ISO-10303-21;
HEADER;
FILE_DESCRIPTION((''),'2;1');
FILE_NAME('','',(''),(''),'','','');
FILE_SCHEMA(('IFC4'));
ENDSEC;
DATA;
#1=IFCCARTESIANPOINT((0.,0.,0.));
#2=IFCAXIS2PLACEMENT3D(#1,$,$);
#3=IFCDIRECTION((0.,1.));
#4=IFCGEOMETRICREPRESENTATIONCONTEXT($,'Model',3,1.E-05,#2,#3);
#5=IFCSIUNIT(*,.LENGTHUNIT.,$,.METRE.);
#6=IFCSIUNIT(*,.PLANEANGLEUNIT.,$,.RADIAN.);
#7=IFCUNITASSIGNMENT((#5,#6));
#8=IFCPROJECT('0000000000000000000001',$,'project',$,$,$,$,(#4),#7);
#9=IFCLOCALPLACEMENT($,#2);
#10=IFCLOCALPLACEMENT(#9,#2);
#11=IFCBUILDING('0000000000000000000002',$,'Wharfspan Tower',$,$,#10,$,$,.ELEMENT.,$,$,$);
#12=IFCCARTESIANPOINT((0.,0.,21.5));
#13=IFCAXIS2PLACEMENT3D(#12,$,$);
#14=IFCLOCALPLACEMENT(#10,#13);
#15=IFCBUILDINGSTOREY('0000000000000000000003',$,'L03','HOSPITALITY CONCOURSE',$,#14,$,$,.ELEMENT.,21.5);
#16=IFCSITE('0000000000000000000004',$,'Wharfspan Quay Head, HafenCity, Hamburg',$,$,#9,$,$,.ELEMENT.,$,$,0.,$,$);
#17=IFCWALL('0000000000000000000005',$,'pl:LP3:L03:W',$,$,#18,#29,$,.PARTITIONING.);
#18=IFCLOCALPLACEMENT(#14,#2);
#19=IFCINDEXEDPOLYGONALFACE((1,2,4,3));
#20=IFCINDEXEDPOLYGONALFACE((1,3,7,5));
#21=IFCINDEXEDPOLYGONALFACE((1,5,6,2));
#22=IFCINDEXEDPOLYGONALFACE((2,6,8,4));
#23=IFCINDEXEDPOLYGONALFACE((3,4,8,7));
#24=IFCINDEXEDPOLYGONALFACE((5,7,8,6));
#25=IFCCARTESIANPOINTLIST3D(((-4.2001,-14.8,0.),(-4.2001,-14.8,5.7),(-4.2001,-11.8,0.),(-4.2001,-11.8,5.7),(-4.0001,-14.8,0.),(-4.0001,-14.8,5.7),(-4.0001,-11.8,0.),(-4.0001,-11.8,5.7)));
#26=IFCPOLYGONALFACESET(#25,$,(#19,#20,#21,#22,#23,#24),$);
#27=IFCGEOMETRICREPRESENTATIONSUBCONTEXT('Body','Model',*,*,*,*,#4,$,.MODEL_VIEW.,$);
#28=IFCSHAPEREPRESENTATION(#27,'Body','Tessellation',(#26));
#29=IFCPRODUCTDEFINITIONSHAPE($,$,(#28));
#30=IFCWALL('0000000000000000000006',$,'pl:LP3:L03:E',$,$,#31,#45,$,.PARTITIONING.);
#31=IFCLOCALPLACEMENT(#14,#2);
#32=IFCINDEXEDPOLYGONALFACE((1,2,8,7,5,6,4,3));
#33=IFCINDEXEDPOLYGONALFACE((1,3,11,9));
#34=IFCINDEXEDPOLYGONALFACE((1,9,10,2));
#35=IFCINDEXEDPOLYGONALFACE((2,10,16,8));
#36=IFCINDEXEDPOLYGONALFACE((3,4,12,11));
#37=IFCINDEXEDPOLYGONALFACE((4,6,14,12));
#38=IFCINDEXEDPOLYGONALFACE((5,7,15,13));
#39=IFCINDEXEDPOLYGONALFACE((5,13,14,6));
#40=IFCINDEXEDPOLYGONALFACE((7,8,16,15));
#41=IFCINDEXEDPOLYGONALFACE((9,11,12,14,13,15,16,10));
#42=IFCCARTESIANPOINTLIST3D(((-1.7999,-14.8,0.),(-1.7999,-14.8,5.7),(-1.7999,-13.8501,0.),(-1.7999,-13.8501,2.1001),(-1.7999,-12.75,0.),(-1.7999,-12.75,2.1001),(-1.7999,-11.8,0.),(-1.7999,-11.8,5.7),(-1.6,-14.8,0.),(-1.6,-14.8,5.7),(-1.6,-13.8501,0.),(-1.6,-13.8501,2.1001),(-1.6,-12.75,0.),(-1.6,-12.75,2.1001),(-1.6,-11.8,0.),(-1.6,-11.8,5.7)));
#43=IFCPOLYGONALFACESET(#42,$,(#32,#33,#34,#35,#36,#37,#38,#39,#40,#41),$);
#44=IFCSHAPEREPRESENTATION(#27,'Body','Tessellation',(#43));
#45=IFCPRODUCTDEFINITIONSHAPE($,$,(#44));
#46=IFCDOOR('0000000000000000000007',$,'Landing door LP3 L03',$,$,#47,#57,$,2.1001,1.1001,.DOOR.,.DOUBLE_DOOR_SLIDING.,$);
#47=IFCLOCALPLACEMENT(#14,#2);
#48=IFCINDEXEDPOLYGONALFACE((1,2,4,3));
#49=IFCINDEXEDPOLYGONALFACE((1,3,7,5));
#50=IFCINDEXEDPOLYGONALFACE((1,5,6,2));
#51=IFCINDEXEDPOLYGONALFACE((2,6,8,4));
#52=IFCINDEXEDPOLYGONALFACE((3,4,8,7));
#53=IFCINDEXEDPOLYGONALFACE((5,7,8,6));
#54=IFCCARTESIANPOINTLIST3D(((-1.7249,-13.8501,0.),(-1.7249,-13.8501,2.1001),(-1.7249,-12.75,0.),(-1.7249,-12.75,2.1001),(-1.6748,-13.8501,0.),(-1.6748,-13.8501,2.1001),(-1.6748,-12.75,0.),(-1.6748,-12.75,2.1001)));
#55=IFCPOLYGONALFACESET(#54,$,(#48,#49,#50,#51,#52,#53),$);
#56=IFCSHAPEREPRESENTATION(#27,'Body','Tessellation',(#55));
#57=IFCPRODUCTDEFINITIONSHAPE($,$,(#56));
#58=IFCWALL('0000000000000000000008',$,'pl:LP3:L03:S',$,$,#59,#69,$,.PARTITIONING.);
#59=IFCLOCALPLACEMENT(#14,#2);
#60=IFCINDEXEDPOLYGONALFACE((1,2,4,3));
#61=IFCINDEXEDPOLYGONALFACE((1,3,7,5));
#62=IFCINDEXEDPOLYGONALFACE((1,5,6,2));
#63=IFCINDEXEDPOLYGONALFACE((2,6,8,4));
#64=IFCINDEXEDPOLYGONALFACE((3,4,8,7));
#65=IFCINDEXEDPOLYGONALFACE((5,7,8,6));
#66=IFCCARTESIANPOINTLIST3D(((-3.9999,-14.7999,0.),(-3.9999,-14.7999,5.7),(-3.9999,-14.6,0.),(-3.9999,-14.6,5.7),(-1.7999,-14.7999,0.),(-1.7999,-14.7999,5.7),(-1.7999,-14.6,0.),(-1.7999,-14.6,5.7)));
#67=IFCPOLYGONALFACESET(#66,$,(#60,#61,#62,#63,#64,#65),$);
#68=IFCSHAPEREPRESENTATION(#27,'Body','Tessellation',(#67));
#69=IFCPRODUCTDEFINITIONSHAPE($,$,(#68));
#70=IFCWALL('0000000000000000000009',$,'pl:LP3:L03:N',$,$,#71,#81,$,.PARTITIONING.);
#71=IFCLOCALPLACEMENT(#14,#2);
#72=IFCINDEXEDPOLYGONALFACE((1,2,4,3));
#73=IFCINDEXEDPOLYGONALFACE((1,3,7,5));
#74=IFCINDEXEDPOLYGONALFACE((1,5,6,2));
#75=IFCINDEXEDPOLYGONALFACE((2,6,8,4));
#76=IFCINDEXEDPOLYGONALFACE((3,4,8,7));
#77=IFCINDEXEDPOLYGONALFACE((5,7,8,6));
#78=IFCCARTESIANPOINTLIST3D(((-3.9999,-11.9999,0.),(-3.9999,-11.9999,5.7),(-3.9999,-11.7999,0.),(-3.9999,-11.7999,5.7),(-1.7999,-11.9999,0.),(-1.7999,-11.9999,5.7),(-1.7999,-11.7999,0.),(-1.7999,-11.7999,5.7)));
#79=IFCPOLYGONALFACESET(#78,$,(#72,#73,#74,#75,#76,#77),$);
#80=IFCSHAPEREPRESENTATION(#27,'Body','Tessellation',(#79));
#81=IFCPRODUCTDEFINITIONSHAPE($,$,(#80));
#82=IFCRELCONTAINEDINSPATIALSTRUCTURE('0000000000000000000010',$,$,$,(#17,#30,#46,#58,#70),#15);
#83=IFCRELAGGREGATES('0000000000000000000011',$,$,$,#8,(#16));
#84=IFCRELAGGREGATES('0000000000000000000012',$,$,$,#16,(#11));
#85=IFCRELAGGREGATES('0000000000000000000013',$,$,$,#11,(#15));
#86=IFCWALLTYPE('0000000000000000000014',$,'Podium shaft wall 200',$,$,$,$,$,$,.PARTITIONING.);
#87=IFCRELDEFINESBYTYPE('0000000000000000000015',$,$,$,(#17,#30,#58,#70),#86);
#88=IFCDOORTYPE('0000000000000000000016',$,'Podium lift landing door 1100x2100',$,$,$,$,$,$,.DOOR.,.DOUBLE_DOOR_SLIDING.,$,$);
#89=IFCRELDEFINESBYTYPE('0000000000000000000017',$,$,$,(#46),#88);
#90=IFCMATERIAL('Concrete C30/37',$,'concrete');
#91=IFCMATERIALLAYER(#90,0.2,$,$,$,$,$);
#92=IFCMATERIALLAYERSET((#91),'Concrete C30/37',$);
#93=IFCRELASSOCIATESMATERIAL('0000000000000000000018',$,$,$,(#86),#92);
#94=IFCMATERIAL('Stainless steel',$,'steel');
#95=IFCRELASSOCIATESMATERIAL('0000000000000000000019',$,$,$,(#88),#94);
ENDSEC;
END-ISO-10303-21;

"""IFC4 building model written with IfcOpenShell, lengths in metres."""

from ifc_helpers import new_model, si_unit, direction, frame, frame_2d, origin, place, context, subcontext, project, spatial, rectangle, extrude, material, layer, layer_set, type_object, element, fill, save


model = new_model("IFC4")

# Units and contexts
model_context = context("Model", 3, precision=1e-05, world=origin(), true_north=direction((0.0, 1.0)))
body_context = subcontext(model_context, "Body", "Model", "MODEL_VIEW")
ifc_project = project(units=[si_unit("LENGTHUNIT", "METRE"), si_unit("PLANEANGLEUNIT", "RADIAN")], contexts=[model_context])

# Site, building, storey
site_placement = place(None, origin())
site = spatial("IfcSite", under=ifc_project, at=site_placement, Name="Wharfspan Quay Head, HafenCity, Hamburg", CompositionType="ELEMENT", RefElevation=0.0)
building_placement = place(site_placement, origin())
building = spatial("IfcBuilding", under=site, at=building_placement, Name="Wharfspan Tower", CompositionType="ELEMENT")
storey_placement = place(building_placement, frame((0.0, 0.0, 21.5)))
storey = spatial("IfcBuildingStorey", under=building, at=storey_placement, Name="L03", Description="HOSPITALITY CONCOURSE", CompositionType="ELEMENT", Elevation=21.5)

# Wall
ifc_material_1 = material(Name="Concrete C30/37", Category="concrete")
ifc_layer_1 = layer(ifc_material_1, 0.2)
ifc_layer_set_1 = layer_set([ifc_layer_1], Name="Concrete C30/37")
wall_type_1 = type_object("IfcWallType", Name="Podium shaft wall 200", PredefinedType="PARTITIONING", material=ifc_layer_set_1)
wall_1_placement = place(storey_placement, frame((-4.1001, -14.8, 0.0), z_axis=(0.0, 0.0, 1.0), x_axis=(0.0, 1.0, 0.0)))
element("IfcWall", 1, at=wall_1_placement, inside=storey, type_object=wall_type_1, Name="pl:LP3:L03:W", PredefinedType="PARTITIONING", context=body_context, shape_type="SweptSolid", body=[
    extrude(rectangle(XDim=3.0, YDim=0.2, at=frame_2d((1.5, 0.0))), origin(), (0.0, 0.0, 1.0), 5.7),
])

# Wall, opening, door
wall_2_placement = place(storey_placement, frame((-1.7, -14.8, 0.0), z_axis=(0.0, 0.0, 1.0), x_axis=(0.0, 1.0, 0.0)))
wall_2 = element("IfcWall", 2, at=wall_2_placement, inside=storey, type_object=wall_type_1, Name="pl:LP3:L03:E", PredefinedType="PARTITIONING", context=body_context, shape_type="SweptSolid", body=[
    extrude(rectangle(XDim=3.0, YDim=0.2, at=frame_2d((1.5, 0.0))), origin(), (0.0, 0.0, 1.0), 5.7),
])
opening_placement = place(wall_2_placement, frame((0.95, 0.0, 0.0)))
opening = element("IfcOpeningElement", 3, at=opening_placement, cuts=wall_2, PredefinedType="OPENING", context=body_context, shape_type="SweptSolid", body=[
    extrude(rectangle(XDim=1.1001, YDim=2.1001, at=frame_2d((0.55, 1.05))), frame((0.0, 0.1099, 0.0), z_axis=(0.0, -1.0, 0.0), x_axis=(1.0, 0.0, 0.0)), (0.0, 0.0, 1.0), 0.22),
])
ifc_material_2 = material(Name="Stainless steel", Category="steel")
door_type = type_object("IfcDoorType", Name="Podium lift landing door 1100x2100", OperationType="DOUBLE_DOOR_SLIDING", PredefinedType="DOOR", material=ifc_material_2)
door_placement = place(opening_placement, origin())
door = element("IfcDoor", 4, at=door_placement, inside=storey, type_object=door_type, Name="Landing door LP3 L03", OperationType="DOUBLE_DOOR_SLIDING", OverallHeight=2.1001, OverallWidth=1.1001, PredefinedType="DOOR", context=body_context, shape_type="SweptSolid", body=[
    extrude(rectangle(XDim=1.1001, YDim=2.1001, at=frame_2d((0.55, 1.05))), frame((0.0, 0.0249, 0.0), z_axis=(0.0, -1.0, 0.0), x_axis=(1.0, 0.0, 0.0)), (0.0, 0.0, 1.0), 0.05),
])
fill(opening, door)

# Walls
for number, where, z_axis, x_axis, name in (
    (5, (-4.0, -14.7, 0.0), (0.0, 0.0, 1.0), (1.0, 0.0, 0.0), "pl:LP3:L03:S"),
    (6, (-4.0, -11.8999, 0.0), (0.0, 0.0, 1.0), (1.0, 0.0, 0.0), "pl:LP3:L03:N"),
):
    element("IfcWall", number, at=place(storey_placement, frame(where, z_axis=z_axis, x_axis=x_axis)), inside=storey, type_object=wall_type_1, Name=name, PredefinedType="PARTITIONING", context=body_context, shape_type="SweptSolid", body=[
        extrude(rectangle(XDim=2.2, YDim=0.2, at=frame_2d((1.1001, 0.0))), origin(), (0.0, 0.0, 1.0), 5.7),
    ])

save(model, "model.ifc")
